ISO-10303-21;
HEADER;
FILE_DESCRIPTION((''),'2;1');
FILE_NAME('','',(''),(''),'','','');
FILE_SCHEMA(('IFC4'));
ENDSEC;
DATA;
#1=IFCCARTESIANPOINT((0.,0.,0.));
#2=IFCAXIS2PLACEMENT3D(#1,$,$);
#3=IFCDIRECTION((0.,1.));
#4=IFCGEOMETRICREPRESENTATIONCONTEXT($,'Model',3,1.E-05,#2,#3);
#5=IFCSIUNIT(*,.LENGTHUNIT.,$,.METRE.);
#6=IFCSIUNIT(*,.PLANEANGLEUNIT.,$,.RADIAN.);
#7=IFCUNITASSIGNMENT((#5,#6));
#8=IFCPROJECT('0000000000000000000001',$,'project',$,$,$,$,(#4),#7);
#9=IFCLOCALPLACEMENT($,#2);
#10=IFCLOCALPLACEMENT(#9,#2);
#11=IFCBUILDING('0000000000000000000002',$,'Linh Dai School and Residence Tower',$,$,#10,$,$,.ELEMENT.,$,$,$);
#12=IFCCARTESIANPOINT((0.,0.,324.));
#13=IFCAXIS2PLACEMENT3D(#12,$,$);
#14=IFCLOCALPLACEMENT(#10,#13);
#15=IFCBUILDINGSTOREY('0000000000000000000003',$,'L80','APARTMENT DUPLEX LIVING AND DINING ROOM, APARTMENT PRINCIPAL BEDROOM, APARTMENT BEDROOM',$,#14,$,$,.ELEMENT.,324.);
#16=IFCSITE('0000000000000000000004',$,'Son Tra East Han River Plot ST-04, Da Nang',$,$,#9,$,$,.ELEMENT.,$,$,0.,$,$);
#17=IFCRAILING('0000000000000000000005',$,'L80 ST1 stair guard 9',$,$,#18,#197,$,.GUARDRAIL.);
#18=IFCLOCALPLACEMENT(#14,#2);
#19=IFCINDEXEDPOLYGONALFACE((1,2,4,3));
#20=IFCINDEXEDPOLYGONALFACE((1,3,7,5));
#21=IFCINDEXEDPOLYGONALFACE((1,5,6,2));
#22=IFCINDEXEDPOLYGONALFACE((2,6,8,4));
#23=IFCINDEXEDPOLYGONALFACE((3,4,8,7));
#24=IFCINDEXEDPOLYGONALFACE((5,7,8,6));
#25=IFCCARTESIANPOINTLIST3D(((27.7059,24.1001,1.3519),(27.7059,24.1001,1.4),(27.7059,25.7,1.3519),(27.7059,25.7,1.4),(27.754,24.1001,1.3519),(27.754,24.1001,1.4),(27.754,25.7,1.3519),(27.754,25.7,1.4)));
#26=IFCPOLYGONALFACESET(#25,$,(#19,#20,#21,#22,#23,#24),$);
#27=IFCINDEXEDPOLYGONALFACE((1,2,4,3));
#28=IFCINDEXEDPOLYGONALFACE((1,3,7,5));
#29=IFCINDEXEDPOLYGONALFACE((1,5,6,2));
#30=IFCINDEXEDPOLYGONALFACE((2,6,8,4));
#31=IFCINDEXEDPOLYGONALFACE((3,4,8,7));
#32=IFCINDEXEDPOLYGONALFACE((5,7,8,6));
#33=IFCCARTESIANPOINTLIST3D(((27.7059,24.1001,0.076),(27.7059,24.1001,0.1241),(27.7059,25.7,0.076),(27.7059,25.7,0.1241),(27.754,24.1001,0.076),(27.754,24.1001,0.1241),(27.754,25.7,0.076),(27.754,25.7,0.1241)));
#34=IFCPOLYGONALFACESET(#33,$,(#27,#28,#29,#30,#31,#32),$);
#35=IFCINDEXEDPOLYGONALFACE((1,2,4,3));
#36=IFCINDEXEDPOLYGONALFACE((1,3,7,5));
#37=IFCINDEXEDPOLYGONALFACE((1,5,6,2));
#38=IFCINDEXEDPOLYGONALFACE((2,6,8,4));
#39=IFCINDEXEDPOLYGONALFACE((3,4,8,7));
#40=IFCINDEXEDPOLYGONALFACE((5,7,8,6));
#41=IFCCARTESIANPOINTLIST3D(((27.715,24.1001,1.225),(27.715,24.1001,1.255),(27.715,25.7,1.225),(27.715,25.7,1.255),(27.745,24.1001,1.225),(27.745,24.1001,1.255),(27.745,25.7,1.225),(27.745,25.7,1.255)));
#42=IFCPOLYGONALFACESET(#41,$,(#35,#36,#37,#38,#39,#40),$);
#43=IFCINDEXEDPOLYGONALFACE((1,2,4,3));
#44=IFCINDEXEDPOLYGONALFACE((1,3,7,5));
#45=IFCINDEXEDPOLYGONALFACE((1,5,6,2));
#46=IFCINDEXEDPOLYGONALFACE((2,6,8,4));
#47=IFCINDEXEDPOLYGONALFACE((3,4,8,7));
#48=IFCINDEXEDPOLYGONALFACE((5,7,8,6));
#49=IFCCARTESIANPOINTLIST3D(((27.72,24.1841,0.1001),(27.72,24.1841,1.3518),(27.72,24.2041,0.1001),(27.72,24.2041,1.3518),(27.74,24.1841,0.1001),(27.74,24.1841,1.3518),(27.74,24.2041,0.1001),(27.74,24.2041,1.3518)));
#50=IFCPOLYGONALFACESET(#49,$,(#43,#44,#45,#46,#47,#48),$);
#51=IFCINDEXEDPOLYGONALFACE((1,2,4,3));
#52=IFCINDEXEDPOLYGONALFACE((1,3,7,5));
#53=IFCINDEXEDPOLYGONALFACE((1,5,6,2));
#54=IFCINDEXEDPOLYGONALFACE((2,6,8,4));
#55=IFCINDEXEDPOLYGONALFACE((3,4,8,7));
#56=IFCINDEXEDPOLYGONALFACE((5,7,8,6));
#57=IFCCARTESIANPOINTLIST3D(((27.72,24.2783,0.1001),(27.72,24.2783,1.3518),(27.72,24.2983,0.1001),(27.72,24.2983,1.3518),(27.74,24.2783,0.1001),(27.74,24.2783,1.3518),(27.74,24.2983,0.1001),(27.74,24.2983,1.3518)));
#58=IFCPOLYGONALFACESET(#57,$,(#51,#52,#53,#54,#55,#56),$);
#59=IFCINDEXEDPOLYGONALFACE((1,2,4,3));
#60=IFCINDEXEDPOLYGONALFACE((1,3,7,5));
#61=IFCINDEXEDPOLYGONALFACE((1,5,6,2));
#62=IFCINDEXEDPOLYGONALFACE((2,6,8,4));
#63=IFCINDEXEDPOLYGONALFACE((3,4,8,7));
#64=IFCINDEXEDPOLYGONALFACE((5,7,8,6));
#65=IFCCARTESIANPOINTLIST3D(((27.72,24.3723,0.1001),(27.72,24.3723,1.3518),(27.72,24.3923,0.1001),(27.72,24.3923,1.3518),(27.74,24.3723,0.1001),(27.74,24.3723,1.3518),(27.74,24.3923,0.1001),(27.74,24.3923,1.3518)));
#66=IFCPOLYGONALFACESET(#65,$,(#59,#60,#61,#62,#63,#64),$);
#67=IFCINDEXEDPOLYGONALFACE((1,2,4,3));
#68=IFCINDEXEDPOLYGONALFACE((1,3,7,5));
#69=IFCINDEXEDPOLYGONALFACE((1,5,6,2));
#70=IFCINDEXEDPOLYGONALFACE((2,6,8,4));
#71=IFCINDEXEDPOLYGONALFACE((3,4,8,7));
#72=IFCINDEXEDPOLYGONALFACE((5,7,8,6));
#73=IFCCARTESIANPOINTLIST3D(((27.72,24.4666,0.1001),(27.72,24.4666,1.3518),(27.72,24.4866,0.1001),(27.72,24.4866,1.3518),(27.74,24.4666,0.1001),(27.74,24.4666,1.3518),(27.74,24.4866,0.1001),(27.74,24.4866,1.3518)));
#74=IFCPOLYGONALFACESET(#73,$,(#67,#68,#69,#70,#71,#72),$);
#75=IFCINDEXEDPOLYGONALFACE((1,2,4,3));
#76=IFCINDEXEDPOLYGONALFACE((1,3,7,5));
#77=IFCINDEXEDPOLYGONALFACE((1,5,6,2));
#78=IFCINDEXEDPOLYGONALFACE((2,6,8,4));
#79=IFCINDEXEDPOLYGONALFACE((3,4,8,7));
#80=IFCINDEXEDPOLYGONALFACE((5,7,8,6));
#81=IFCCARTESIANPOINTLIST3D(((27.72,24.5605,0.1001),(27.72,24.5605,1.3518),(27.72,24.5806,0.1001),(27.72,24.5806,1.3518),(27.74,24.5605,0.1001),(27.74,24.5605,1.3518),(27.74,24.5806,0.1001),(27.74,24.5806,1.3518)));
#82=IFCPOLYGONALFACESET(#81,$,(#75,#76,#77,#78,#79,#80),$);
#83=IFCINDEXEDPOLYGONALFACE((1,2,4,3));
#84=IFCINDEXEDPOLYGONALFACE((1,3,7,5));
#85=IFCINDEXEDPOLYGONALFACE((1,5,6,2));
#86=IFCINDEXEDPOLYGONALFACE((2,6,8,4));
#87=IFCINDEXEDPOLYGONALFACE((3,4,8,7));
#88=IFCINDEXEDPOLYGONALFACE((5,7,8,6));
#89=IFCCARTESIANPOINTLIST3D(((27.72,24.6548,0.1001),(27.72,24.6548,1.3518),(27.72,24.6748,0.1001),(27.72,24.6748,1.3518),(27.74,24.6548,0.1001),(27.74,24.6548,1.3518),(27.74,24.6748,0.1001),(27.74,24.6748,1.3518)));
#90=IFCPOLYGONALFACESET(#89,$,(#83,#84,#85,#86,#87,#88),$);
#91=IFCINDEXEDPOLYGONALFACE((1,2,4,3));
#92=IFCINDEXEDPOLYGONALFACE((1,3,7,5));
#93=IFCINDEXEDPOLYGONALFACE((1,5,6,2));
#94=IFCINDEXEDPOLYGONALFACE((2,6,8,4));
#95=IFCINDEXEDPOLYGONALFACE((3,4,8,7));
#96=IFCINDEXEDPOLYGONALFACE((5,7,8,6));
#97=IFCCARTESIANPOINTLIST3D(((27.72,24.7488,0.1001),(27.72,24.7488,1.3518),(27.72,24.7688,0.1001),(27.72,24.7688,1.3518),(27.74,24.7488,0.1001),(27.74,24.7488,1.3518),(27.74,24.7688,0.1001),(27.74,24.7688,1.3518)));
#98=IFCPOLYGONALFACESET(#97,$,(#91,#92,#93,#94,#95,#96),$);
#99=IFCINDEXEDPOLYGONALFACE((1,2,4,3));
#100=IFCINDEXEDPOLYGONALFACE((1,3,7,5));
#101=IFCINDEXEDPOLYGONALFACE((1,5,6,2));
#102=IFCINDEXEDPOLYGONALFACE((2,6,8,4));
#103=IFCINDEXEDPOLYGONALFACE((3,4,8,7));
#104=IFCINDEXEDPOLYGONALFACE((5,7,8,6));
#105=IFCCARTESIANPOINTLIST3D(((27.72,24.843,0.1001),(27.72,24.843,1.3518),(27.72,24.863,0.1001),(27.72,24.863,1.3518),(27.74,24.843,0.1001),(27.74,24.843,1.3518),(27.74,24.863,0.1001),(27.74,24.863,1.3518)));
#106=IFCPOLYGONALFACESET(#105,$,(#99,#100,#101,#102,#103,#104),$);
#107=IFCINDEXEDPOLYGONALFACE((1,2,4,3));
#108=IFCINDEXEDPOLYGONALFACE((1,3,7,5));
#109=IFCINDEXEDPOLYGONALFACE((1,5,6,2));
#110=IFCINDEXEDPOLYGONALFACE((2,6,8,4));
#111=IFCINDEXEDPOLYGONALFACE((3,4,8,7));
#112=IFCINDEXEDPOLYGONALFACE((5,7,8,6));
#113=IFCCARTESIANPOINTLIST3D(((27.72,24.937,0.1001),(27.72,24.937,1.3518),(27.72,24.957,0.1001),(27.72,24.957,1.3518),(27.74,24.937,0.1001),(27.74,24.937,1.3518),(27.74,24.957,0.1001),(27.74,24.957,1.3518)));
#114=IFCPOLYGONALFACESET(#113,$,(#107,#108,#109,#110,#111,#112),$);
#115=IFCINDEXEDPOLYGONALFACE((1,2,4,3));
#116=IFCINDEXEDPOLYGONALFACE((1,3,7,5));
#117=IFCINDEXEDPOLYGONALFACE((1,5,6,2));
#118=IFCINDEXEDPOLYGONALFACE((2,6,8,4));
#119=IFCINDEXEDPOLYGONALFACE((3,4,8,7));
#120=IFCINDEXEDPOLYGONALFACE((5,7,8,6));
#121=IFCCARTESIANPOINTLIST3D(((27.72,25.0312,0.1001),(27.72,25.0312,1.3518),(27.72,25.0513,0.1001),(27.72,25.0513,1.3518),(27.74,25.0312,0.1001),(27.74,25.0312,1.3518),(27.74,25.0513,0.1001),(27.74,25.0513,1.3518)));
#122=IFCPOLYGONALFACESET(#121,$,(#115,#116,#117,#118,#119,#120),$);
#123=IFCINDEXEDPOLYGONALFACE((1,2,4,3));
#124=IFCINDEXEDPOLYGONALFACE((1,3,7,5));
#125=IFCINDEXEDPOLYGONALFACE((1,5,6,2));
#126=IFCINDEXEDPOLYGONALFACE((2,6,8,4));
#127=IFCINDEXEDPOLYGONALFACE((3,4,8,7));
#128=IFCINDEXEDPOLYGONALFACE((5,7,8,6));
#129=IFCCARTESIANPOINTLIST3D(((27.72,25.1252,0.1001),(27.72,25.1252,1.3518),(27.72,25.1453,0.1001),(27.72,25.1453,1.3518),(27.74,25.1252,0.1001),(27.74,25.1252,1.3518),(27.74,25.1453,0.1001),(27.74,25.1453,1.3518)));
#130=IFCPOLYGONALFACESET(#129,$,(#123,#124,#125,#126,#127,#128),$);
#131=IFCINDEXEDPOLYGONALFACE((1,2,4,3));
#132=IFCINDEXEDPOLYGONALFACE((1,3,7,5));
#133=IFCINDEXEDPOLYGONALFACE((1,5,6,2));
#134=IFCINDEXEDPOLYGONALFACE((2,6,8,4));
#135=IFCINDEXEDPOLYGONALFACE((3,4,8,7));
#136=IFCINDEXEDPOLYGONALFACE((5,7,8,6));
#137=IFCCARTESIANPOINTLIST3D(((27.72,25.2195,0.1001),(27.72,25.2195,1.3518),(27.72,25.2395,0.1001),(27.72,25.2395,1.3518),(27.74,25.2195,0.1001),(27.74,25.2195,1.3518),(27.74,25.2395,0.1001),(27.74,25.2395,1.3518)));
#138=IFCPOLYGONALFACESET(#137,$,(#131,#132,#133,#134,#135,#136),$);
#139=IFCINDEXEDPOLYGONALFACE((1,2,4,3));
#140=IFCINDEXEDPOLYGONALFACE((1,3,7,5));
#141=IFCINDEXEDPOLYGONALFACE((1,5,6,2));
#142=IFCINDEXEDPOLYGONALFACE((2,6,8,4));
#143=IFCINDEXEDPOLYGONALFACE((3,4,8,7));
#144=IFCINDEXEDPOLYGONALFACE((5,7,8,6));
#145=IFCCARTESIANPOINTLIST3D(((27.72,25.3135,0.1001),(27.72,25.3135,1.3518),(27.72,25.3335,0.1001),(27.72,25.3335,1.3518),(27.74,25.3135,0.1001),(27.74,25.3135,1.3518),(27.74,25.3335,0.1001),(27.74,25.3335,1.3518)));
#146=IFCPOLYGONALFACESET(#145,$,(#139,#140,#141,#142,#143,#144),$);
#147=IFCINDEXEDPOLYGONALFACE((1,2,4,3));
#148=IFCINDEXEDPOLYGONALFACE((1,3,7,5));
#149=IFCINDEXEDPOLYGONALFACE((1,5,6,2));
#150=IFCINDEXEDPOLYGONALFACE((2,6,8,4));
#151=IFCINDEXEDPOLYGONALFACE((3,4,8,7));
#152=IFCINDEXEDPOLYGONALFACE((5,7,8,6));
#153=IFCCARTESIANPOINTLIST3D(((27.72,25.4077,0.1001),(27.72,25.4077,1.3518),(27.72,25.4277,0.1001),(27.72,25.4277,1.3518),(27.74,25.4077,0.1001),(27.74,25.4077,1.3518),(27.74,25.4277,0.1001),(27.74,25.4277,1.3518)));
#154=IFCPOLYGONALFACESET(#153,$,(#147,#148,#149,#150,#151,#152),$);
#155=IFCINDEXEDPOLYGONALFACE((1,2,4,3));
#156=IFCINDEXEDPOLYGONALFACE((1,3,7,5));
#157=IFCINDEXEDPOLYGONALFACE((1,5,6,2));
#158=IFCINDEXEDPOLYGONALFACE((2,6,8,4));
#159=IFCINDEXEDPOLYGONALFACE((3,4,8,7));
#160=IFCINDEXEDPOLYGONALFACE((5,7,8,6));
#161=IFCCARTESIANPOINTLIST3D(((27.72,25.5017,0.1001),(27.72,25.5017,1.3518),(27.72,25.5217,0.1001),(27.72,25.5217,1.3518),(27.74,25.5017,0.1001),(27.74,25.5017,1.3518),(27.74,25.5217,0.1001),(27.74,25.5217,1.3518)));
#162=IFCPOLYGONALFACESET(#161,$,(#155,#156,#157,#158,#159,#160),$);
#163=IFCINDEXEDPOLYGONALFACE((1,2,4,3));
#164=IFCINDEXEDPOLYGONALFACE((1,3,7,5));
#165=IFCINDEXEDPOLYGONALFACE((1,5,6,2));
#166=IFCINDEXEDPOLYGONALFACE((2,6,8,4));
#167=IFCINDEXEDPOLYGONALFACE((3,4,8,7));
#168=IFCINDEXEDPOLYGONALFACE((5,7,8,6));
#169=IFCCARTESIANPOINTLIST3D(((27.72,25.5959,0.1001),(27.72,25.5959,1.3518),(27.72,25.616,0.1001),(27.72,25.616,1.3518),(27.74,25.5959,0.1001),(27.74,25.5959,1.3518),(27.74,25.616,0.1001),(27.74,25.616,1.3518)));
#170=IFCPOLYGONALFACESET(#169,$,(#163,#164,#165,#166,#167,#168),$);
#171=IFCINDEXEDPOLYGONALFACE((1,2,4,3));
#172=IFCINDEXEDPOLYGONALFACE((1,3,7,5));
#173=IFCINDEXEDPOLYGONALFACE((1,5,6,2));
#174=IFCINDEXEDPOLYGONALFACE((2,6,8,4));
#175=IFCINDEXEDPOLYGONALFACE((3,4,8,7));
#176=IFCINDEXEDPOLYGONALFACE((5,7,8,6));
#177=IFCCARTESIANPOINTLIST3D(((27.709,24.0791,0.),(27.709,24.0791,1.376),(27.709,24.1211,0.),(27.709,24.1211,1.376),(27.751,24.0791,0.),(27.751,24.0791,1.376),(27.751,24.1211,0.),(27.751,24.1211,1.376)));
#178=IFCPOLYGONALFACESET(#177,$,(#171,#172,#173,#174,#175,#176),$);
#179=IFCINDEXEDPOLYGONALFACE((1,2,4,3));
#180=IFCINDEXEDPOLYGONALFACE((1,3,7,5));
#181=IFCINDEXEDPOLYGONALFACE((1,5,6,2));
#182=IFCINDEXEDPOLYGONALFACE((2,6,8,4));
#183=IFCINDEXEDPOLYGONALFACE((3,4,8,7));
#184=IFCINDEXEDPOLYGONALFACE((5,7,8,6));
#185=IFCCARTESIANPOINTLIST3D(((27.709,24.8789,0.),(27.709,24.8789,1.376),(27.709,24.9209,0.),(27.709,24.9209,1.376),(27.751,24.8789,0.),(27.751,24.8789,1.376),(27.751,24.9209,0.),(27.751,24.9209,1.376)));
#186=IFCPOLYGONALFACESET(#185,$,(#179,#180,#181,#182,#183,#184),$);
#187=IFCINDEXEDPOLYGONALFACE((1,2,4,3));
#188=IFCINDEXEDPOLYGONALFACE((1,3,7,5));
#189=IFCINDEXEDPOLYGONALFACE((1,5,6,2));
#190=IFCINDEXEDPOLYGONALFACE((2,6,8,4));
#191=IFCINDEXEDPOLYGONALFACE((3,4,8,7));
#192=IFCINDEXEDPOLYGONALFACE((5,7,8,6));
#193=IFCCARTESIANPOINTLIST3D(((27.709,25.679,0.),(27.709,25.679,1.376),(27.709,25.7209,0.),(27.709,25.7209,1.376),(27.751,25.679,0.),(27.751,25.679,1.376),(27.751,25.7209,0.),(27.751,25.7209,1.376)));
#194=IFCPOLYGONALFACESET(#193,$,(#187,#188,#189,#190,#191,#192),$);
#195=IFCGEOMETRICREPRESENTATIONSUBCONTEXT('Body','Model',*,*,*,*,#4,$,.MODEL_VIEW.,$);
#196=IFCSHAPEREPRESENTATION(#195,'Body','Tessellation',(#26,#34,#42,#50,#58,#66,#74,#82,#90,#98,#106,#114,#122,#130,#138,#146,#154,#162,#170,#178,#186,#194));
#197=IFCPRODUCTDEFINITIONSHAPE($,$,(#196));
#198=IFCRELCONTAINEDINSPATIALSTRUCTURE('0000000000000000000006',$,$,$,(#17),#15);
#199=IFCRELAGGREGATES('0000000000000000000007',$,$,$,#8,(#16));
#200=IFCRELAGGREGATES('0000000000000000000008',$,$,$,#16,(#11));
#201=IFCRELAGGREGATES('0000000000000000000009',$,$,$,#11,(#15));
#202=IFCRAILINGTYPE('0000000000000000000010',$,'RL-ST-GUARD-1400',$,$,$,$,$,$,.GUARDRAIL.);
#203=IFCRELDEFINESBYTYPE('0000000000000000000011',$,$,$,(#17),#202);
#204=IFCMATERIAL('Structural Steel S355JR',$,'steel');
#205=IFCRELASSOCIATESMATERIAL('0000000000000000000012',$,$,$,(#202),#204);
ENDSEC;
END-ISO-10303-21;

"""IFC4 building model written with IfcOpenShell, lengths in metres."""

from ifc_helpers import new_model, si_unit, direction, frame, origin, origin_2d, place, context, subcontext, project, spatial, rectangle, extrude, source, transform, mapped, material, type_object, element, save


model = new_model("IFC4")

# Units and contexts
model_context = context("Model", 3, precision=1e-05, world=origin(), true_north=direction((0.0, 1.0)))
body_context = subcontext(model_context, "Body", "Model", "MODEL_VIEW")
ifc_project = project(units=[si_unit("LENGTHUNIT", "METRE"), si_unit("PLANEANGLEUNIT", "RADIAN")], contexts=[model_context])

# Site, building, storey
site_placement = place(None, origin())
site = spatial("IfcSite", under=ifc_project, at=site_placement, Name="Son Tra East Han River Plot ST-04, Da Nang", CompositionType="ELEMENT", RefElevation=0.0)
building_placement = place(site_placement, origin())
building = spatial("IfcBuilding", under=site, at=building_placement, Name="Linh Dai School and Residence Tower", CompositionType="ELEMENT")
storey_placement = place(building_placement, frame((0.0, 0.0, 324.0)))
storey = spatial("IfcBuildingStorey", under=building, at=storey_placement, Name="L80", Description="APARTMENT DUPLEX LIVING AND DINING ROOM, APARTMENT PRINCIPAL BEDROOM, APARTMENT BEDROOM", CompositionType="ELEMENT", Elevation=324.0)

# Shared definitions
ifc_material_1 = material(Name="Structural Steel S355JR", Category="steel")

# Railing
railing_type_1 = type_object("IfcRailingType", Name="RL-ST-GUARD-1400", PredefinedType="GUARDRAIL", material=ifc_material_1)
shared_shape_1 = source(origin(), body_context, "Body", "SweptSolid", [
    extrude(rectangle(XDim=0.0481, YDim=0.0481, at=origin_2d()), frame((0.0, 0.0, 1.376), z_axis=(0.0, 1.0, 0.0), x_axis=(-1.0, 0.0, 0.0)), (0.0, 0.0, 1.0), 1.5999),
    extrude(rectangle(XDim=0.0481, YDim=0.0481, at=origin_2d()), frame((0.0, 0.0, 0.1001), z_axis=(0.0, 1.0, 0.0), x_axis=(-1.0, 0.0, 0.0)), (0.0, 0.0, 1.0), 1.5999),
    extrude(rectangle(XDim=0.03, YDim=0.03, at=origin_2d()), frame((0.0, 0.0, 1.24), z_axis=(0.0, 1.0, 0.0), x_axis=(-1.0, 0.0, 0.0)), (0.0, 0.0, 1.0), 1.5999),
    extrude(rectangle(XDim=0.02, YDim=0.02, at=origin_2d()), frame((0.0, 0.094, 0.1001)), (0.0, 0.0, 1.0), 1.2517),
    extrude(rectangle(XDim=0.02, YDim=0.02, at=origin_2d()), frame((0.0, 0.1882, 0.1001)), (0.0, 0.0, 1.0), 1.2517),
    extrude(rectangle(XDim=0.02, YDim=0.02, at=origin_2d()), frame((0.0, 0.2822, 0.1001)), (0.0, 0.0, 1.0), 1.2517),
    extrude(rectangle(XDim=0.02, YDim=0.02, at=origin_2d()), frame((0.0, 0.3765, 0.1001)), (0.0, 0.0, 1.0), 1.2517),
    extrude(rectangle(XDim=0.02, YDim=0.02, at=origin_2d()), frame((0.0, 0.4705, 0.1001)), (0.0, 0.0, 1.0), 1.2517),
    extrude(rectangle(XDim=0.02, YDim=0.02, at=origin_2d()), frame((0.0, 0.5647, 0.1001)), (0.0, 0.0, 1.0), 1.2517),
    extrude(rectangle(XDim=0.02, YDim=0.02, at=origin_2d()), frame((0.0, 0.6587, 0.1001)), (0.0, 0.0, 1.0), 1.2517),
    extrude(rectangle(XDim=0.02, YDim=0.02, at=origin_2d()), frame((0.0, 0.7529, 0.1001)), (0.0, 0.0, 1.0), 1.2517),
    extrude(rectangle(XDim=0.02, YDim=0.02, at=origin_2d()), frame((0.0, 0.8469, 0.1001)), (0.0, 0.0, 1.0), 1.2517),
    extrude(rectangle(XDim=0.02, YDim=0.02, at=origin_2d()), frame((0.0, 0.9412, 0.1001)), (0.0, 0.0, 1.0), 1.2517),
    extrude(rectangle(XDim=0.02, YDim=0.02, at=origin_2d()), frame((0.0, 1.0352, 0.1001)), (0.0, 0.0, 1.0), 1.2517),
    extrude(rectangle(XDim=0.02, YDim=0.02, at=origin_2d()), frame((0.0, 1.1294, 0.1001)), (0.0, 0.0, 1.0), 1.2517),
    extrude(rectangle(XDim=0.02, YDim=0.02, at=origin_2d()), frame((0.0, 1.2234, 0.1001)), (0.0, 0.0, 1.0), 1.2517),
    extrude(rectangle(XDim=0.02, YDim=0.02, at=origin_2d()), frame((0.0, 1.3176, 0.1001)), (0.0, 0.0, 1.0), 1.2517),
    extrude(rectangle(XDim=0.02, YDim=0.02, at=origin_2d()), frame((0.0, 1.4116, 0.1001)), (0.0, 0.0, 1.0), 1.2517),
    extrude(rectangle(XDim=0.02, YDim=0.02, at=origin_2d()), frame((0.0, 1.5059, 0.1001)), (0.0, 0.0, 1.0), 1.2517),
    extrude(rectangle(XDim=0.042, YDim=0.042, at=origin_2d()), origin(), (0.0, 0.0, 1.0), 1.376),
    extrude(rectangle(XDim=0.042, YDim=0.042, at=origin_2d()), frame((0.0, 0.7998, 0.0)), (0.0, 0.0, 1.0), 1.376),
    extrude(rectangle(XDim=0.042, YDim=0.042, at=origin_2d()), frame((0.0, 1.5999, 0.0)), (0.0, 0.0, 1.0), 1.376),
])
for number, where, name in (
    (1, (27.73, 24.1001, 0.0), "L80 ST1 stair guard 9"),
):
    element("IfcRailing", number, at=place(storey_placement, frame(where)), inside=storey, type_object=railing_type_1, Name=name, PredefinedType="GUARDRAIL", context=body_context, shape_type="MappedRepresentation", body=[
        mapped(shared_shape_1, transform((0.0, 0.0, 0.0), x_axis=(1.0, 0.0, 0.0), y_axis=(0.0, 1.0, 0.0), z_axis=(0.0, 0.0, 1.0), scale=1.0)),
    ])

save(model, "model.ifc")
